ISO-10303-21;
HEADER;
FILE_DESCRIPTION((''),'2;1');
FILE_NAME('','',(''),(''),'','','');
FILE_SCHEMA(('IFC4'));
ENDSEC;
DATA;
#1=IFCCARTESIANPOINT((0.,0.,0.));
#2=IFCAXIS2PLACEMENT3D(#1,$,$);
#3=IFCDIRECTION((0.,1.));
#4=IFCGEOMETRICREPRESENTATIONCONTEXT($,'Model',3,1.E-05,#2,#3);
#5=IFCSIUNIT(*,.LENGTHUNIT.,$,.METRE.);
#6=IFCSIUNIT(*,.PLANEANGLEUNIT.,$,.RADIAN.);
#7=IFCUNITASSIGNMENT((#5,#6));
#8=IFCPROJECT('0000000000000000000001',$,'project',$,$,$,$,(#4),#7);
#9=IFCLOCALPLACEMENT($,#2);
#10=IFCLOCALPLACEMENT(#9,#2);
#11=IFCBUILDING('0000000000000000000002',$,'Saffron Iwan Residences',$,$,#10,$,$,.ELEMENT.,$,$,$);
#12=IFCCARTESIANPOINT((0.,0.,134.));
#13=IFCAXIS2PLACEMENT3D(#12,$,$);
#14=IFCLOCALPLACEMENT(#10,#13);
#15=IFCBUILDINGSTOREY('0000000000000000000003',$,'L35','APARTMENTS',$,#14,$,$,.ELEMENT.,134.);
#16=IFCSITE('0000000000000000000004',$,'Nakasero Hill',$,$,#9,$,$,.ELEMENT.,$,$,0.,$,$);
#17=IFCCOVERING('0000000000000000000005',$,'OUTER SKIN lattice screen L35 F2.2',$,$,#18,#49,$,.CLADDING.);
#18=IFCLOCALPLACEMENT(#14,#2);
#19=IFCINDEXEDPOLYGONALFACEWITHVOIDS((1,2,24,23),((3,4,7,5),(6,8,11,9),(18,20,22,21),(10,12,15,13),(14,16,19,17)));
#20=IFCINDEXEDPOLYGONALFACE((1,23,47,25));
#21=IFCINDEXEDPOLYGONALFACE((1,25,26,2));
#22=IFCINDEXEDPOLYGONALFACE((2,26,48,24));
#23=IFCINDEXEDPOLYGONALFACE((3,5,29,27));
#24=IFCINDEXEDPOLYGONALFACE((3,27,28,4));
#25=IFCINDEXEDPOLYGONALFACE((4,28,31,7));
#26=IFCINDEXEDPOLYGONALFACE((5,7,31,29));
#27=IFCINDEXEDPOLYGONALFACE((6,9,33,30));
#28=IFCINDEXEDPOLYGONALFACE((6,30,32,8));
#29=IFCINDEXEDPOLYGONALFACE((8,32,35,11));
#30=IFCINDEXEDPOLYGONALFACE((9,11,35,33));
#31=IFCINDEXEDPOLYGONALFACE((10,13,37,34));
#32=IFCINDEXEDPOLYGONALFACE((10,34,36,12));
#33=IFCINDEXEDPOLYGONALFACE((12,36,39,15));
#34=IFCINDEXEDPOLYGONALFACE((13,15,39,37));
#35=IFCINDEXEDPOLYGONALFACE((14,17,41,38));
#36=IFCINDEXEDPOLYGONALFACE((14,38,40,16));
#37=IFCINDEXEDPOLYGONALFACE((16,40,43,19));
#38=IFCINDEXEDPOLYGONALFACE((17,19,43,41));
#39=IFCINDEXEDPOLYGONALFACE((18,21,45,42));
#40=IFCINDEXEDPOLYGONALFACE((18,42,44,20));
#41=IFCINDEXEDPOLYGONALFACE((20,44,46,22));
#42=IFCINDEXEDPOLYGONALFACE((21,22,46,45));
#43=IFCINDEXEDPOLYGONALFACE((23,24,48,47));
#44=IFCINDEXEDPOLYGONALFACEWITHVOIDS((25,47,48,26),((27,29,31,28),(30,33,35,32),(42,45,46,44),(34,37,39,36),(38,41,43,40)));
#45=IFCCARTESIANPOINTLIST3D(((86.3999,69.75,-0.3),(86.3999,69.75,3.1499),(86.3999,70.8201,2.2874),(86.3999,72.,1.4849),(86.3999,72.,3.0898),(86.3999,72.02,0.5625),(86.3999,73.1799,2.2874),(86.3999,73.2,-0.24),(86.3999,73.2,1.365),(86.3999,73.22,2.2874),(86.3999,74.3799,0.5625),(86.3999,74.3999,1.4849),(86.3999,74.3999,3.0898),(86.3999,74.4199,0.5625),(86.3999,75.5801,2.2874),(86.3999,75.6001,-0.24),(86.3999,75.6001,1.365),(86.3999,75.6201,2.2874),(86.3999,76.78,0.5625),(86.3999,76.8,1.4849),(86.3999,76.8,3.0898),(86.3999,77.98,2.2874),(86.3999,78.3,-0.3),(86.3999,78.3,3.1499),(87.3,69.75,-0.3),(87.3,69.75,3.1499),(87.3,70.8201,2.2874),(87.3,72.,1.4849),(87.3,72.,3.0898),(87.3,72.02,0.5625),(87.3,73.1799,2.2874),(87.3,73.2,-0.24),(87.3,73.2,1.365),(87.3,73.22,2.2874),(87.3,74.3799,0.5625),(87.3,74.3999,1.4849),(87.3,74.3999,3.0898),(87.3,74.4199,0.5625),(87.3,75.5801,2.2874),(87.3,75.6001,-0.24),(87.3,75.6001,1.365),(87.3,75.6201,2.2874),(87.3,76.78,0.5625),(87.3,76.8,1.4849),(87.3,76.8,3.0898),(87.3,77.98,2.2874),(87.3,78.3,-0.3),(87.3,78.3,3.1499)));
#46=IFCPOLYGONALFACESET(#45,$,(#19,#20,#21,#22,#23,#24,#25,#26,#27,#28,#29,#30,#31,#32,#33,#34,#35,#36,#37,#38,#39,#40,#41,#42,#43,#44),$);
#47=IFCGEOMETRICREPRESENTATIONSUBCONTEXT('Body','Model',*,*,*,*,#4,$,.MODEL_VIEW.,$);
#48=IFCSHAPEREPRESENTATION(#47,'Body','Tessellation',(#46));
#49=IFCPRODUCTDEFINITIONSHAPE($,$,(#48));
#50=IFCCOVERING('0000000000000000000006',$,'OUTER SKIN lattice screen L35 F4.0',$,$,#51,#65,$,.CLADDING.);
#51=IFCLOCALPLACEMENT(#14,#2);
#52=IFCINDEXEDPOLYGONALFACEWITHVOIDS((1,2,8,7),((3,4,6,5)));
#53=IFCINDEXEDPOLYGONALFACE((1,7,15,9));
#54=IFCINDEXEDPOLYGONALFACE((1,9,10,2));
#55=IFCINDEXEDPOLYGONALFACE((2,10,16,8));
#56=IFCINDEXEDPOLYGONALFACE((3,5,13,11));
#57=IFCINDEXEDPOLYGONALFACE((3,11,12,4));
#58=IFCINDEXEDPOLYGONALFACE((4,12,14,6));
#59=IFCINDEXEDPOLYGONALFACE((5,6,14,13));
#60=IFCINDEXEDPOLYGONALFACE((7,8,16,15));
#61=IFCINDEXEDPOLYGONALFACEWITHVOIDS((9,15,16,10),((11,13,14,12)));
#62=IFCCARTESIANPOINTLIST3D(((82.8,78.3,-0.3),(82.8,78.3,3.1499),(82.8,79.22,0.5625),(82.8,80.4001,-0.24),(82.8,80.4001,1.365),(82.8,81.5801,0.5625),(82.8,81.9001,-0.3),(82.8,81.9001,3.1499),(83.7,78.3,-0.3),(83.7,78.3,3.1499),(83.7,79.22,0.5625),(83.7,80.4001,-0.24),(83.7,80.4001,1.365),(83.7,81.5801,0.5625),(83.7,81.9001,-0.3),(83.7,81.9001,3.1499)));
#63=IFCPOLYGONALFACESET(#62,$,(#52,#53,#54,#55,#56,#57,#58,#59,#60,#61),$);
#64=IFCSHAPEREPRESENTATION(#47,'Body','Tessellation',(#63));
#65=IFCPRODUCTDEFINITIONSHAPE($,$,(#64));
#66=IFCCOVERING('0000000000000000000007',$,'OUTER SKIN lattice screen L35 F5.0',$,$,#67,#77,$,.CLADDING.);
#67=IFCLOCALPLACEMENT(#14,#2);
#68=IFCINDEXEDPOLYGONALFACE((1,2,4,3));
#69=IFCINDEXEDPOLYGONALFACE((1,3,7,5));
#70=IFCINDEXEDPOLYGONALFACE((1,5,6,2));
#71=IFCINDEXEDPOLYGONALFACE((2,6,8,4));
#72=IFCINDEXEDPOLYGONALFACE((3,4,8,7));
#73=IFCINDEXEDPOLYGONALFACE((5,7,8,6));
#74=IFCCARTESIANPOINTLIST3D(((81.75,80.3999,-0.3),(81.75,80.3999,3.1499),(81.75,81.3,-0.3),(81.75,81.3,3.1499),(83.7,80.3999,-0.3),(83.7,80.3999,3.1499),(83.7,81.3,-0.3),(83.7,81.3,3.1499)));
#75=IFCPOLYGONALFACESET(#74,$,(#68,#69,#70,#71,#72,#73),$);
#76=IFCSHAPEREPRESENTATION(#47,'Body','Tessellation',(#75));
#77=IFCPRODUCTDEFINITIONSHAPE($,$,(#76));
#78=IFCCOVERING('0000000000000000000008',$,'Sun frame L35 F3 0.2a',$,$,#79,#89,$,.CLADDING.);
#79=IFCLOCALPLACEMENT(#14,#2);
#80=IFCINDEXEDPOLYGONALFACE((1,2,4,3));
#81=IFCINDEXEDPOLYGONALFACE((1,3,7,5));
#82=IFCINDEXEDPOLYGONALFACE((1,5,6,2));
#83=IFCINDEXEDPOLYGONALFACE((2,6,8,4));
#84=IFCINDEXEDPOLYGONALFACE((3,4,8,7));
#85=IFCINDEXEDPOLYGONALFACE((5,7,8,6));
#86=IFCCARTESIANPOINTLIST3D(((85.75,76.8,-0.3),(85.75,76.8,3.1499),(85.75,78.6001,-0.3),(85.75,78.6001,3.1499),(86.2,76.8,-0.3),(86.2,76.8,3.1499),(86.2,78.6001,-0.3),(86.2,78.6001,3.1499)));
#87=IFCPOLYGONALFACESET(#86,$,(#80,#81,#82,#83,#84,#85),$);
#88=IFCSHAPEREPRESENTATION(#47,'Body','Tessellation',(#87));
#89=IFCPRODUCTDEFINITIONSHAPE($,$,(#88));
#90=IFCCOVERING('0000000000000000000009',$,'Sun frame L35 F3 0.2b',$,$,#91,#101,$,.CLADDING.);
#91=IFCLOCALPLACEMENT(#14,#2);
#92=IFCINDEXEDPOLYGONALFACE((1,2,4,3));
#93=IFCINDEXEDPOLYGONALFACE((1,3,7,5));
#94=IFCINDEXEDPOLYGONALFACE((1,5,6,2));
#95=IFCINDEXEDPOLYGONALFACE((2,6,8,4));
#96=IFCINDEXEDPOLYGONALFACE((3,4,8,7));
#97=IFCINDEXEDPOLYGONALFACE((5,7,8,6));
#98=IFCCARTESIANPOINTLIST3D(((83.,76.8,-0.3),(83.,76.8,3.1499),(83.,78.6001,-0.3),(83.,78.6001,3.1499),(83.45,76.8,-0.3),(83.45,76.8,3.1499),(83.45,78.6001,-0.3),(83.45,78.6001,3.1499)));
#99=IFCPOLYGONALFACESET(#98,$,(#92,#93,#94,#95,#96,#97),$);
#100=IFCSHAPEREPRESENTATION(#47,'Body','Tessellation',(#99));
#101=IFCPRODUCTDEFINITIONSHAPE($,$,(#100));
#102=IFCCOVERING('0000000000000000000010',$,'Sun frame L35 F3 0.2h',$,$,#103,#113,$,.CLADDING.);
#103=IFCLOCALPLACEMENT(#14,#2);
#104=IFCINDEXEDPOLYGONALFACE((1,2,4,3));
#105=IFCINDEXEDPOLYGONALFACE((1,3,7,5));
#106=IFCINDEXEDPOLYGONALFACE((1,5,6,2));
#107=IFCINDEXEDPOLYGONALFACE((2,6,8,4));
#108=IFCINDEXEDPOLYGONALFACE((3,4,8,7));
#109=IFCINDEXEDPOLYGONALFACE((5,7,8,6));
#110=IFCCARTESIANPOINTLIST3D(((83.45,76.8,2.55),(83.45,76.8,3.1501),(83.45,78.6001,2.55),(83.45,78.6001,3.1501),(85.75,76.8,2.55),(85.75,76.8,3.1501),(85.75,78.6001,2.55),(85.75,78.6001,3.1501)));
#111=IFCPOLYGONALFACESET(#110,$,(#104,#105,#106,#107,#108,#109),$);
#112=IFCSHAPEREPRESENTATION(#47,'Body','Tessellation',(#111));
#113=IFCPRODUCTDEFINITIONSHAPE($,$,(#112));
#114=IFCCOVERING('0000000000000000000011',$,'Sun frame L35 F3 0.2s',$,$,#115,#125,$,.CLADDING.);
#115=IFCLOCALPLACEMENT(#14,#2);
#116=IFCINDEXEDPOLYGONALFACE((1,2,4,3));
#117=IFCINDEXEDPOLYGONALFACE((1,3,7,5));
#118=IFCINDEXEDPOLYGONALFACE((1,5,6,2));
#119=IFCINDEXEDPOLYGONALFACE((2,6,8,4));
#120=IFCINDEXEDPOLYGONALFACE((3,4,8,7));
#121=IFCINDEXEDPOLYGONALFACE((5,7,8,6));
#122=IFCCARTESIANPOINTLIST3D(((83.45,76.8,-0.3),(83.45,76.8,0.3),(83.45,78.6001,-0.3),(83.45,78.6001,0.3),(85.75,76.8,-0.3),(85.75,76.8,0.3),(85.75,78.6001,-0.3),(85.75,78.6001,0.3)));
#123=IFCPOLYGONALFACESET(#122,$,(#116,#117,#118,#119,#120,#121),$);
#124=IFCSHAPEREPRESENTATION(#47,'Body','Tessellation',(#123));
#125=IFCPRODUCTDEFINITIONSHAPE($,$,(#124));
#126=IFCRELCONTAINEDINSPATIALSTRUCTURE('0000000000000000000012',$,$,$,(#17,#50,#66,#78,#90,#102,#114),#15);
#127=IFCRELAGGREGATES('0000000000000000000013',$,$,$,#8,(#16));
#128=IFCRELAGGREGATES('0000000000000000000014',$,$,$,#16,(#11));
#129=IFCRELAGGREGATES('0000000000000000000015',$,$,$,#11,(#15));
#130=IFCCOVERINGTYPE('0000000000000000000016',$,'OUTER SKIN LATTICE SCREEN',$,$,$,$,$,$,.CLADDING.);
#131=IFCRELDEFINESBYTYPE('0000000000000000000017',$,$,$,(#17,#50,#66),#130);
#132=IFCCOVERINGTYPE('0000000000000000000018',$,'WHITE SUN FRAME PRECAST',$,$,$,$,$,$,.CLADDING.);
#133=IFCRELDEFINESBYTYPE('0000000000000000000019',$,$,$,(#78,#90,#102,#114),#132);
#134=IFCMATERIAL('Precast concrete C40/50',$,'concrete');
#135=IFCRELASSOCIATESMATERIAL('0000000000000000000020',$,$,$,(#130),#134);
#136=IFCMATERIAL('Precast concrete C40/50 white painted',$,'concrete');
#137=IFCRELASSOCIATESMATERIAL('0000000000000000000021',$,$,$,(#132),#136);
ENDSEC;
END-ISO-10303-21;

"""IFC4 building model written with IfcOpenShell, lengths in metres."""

from ifc_helpers import new_model, si_unit, direction, frame, origin, place, context, subcontext, project, spatial, polyline, outline, extrude, material, type_object, element, save


model = new_model("IFC4")

# Units and contexts
model_context = context("Model", 3, precision=1e-05, world=origin(), true_north=direction((0.0, 1.0)))
body_context = subcontext(model_context, "Body", "Model", "MODEL_VIEW")
ifc_project = project(units=[si_unit("LENGTHUNIT", "METRE"), si_unit("PLANEANGLEUNIT", "RADIAN")], contexts=[model_context])

# Site, building, storey
site_placement = place(None, origin())
site = spatial("IfcSite", under=ifc_project, at=site_placement, Name="Nakasero Hill", CompositionType="ELEMENT", RefElevation=0.0)
building_placement = place(site_placement, origin())
building = spatial("IfcBuilding", under=site, at=building_placement, Name="Saffron Iwan Residences", CompositionType="ELEMENT")
storey_placement = place(building_placement, frame((0.0, 0.0, 134.0)))
storey = spatial("IfcBuildingStorey", under=building, at=storey_placement, Name="L35", Description="APARTMENTS", CompositionType="ELEMENT", Elevation=134.0)

# Coverings
ifc_material_1 = material(Name="Precast concrete C40/50", Category="concrete")
covering_type_1 = type_object("IfcCoveringType", Name="OUTER SKIN LATTICE SCREEN", PredefinedType="CLADDING", material=ifc_material_1)
covering_1_placement = place(storey_placement, frame((86.3999, 69.75, -0.3), z_axis=(1.0, 0.0, 0.0), x_axis=(0.0, 1.0, 0.0)))
element("IfcCovering", 1, at=covering_1_placement, inside=storey, type_object=covering_type_1, Name="OUTER SKIN lattice screen L35 F2.2", PredefinedType="CLADDING", context=body_context, shape_type="SweptSolid", body=[
    extrude(outline(polyline([(0.0, 0.0), (8.55, 0.0), (8.55, 3.45), (0.0, 3.45), (0.0, 0.0)]), holes=[polyline([(2.27, 0.8625), (3.45, 0.0601), (4.6299, 0.8625), (3.45, 1.665), (2.27, 0.8625)]), polyline([(4.6699, 0.8625), (5.8501, 0.0601), (7.03, 0.8625), (5.8501, 1.665), (4.6699, 0.8625)]), polyline([(1.0701, 2.5874), (2.25, 1.7849), (3.4299, 2.5874), (2.25, 3.3899), (1.0701, 2.5874)]), polyline([(3.47, 2.5874), (4.6499, 1.7849), (5.8301, 2.5874), (4.6499, 3.3899), (3.47, 2.5874)]), polyline([(5.8701, 2.5874), (7.05, 1.7849), (8.23, 2.5874), (7.05, 3.3899), (5.8701, 2.5874)])]), origin(), (0.0, 0.0, 1.0), 0.9001),
])
covering_2_placement = place(storey_placement, frame((82.8, 78.3, -0.3), z_axis=(1.0, 0.0, 0.0), x_axis=(0.0, 1.0, 0.0)))
element("IfcCovering", 2, at=covering_2_placement, inside=storey, type_object=covering_type_1, Name="OUTER SKIN lattice screen L35 F4.0", PredefinedType="CLADDING", context=body_context, shape_type="SweptSolid", body=[
    extrude(outline(polyline([(0.0, 0.0), (3.6001, 0.0), (3.6001, 3.45), (0.0, 3.45), (0.0, 0.0)]), holes=[polyline([(0.9199, 0.8625), (2.1001, 0.0601), (3.28, 0.8625), (2.1001, 1.665), (0.9199, 0.8625)])]), origin(), (0.0, 0.0, 1.0), 0.8999),
])
covering_3_placement = place(storey_placement, frame((83.7, 80.3999, -0.3), z_axis=(0.0, 1.0, 0.0), x_axis=(-1.0, 0.0, 0.0)))
element("IfcCovering", 3, at=covering_3_placement, inside=storey, type_object=covering_type_1, Name="OUTER SKIN lattice screen L35 F5.0", PredefinedType="CLADDING", context=body_context, shape_type="SweptSolid", body=[
    extrude(outline(polyline([(0.0, 0.0), (1.95, 0.0), (1.95, 3.45), (0.0, 3.45), (0.0, 0.0)])), origin(), (0.0, 0.0, 1.0), 0.9001),
])
ifc_material_2 = material(Name="Precast concrete C40/50 white painted", Category="concrete")
covering_type_2 = type_object("IfcCoveringType", Name="WHITE SUN FRAME PRECAST", PredefinedType="CLADDING", material=ifc_material_2)
for number, where, z_axis, x_axis, name in (
    (4, (86.2, 76.8, -0.3), (0.0, 1.0, 0.0), (-1.0, 0.0, 0.0), "Sun frame L35 F3 0.2a"),
    (5, (83.45, 76.8, -0.3), (0.0, 1.0, 0.0), (-1.0, 0.0, 0.0), "Sun frame L35 F3 0.2b"),
):
    element("IfcCovering", number, at=place(storey_placement, frame(where, z_axis=z_axis, x_axis=x_axis)), inside=storey, type_object=covering_type_2, Name=name, PredefinedType="CLADDING", context=body_context, shape_type="SweptSolid", body=[
        extrude(outline(polyline([(0.0, 0.0), (0.45, 0.0), (0.45, 3.45), (0.0, 3.45), (0.0, 0.0)])), origin(), (0.0, 0.0, 1.0), 1.8),
    ])
for number, where, z_axis, x_axis, name in (
    (6, (85.75, 76.8, 2.55), (0.0, 1.0, 0.0), (-1.0, 0.0, 0.0), "Sun frame L35 F3 0.2h"),
    (7, (85.75, 76.8, -0.3), (0.0, 1.0, 0.0), (-1.0, 0.0, 0.0), "Sun frame L35 F3 0.2s"),
):
    element("IfcCovering", number, at=place(storey_placement, frame(where, z_axis=z_axis, x_axis=x_axis)), inside=storey, type_object=covering_type_2, Name=name, PredefinedType="CLADDING", context=body_context, shape_type="SweptSolid", body=[
        extrude(outline(polyline([(0.0, 0.0), (2.3, 0.0), (2.3, 0.6001), (0.0, 0.6001), (0.0, 0.0)])), origin(), (0.0, 0.0, 1.0), 1.8),
    ])

save(model, "model.ifc")
